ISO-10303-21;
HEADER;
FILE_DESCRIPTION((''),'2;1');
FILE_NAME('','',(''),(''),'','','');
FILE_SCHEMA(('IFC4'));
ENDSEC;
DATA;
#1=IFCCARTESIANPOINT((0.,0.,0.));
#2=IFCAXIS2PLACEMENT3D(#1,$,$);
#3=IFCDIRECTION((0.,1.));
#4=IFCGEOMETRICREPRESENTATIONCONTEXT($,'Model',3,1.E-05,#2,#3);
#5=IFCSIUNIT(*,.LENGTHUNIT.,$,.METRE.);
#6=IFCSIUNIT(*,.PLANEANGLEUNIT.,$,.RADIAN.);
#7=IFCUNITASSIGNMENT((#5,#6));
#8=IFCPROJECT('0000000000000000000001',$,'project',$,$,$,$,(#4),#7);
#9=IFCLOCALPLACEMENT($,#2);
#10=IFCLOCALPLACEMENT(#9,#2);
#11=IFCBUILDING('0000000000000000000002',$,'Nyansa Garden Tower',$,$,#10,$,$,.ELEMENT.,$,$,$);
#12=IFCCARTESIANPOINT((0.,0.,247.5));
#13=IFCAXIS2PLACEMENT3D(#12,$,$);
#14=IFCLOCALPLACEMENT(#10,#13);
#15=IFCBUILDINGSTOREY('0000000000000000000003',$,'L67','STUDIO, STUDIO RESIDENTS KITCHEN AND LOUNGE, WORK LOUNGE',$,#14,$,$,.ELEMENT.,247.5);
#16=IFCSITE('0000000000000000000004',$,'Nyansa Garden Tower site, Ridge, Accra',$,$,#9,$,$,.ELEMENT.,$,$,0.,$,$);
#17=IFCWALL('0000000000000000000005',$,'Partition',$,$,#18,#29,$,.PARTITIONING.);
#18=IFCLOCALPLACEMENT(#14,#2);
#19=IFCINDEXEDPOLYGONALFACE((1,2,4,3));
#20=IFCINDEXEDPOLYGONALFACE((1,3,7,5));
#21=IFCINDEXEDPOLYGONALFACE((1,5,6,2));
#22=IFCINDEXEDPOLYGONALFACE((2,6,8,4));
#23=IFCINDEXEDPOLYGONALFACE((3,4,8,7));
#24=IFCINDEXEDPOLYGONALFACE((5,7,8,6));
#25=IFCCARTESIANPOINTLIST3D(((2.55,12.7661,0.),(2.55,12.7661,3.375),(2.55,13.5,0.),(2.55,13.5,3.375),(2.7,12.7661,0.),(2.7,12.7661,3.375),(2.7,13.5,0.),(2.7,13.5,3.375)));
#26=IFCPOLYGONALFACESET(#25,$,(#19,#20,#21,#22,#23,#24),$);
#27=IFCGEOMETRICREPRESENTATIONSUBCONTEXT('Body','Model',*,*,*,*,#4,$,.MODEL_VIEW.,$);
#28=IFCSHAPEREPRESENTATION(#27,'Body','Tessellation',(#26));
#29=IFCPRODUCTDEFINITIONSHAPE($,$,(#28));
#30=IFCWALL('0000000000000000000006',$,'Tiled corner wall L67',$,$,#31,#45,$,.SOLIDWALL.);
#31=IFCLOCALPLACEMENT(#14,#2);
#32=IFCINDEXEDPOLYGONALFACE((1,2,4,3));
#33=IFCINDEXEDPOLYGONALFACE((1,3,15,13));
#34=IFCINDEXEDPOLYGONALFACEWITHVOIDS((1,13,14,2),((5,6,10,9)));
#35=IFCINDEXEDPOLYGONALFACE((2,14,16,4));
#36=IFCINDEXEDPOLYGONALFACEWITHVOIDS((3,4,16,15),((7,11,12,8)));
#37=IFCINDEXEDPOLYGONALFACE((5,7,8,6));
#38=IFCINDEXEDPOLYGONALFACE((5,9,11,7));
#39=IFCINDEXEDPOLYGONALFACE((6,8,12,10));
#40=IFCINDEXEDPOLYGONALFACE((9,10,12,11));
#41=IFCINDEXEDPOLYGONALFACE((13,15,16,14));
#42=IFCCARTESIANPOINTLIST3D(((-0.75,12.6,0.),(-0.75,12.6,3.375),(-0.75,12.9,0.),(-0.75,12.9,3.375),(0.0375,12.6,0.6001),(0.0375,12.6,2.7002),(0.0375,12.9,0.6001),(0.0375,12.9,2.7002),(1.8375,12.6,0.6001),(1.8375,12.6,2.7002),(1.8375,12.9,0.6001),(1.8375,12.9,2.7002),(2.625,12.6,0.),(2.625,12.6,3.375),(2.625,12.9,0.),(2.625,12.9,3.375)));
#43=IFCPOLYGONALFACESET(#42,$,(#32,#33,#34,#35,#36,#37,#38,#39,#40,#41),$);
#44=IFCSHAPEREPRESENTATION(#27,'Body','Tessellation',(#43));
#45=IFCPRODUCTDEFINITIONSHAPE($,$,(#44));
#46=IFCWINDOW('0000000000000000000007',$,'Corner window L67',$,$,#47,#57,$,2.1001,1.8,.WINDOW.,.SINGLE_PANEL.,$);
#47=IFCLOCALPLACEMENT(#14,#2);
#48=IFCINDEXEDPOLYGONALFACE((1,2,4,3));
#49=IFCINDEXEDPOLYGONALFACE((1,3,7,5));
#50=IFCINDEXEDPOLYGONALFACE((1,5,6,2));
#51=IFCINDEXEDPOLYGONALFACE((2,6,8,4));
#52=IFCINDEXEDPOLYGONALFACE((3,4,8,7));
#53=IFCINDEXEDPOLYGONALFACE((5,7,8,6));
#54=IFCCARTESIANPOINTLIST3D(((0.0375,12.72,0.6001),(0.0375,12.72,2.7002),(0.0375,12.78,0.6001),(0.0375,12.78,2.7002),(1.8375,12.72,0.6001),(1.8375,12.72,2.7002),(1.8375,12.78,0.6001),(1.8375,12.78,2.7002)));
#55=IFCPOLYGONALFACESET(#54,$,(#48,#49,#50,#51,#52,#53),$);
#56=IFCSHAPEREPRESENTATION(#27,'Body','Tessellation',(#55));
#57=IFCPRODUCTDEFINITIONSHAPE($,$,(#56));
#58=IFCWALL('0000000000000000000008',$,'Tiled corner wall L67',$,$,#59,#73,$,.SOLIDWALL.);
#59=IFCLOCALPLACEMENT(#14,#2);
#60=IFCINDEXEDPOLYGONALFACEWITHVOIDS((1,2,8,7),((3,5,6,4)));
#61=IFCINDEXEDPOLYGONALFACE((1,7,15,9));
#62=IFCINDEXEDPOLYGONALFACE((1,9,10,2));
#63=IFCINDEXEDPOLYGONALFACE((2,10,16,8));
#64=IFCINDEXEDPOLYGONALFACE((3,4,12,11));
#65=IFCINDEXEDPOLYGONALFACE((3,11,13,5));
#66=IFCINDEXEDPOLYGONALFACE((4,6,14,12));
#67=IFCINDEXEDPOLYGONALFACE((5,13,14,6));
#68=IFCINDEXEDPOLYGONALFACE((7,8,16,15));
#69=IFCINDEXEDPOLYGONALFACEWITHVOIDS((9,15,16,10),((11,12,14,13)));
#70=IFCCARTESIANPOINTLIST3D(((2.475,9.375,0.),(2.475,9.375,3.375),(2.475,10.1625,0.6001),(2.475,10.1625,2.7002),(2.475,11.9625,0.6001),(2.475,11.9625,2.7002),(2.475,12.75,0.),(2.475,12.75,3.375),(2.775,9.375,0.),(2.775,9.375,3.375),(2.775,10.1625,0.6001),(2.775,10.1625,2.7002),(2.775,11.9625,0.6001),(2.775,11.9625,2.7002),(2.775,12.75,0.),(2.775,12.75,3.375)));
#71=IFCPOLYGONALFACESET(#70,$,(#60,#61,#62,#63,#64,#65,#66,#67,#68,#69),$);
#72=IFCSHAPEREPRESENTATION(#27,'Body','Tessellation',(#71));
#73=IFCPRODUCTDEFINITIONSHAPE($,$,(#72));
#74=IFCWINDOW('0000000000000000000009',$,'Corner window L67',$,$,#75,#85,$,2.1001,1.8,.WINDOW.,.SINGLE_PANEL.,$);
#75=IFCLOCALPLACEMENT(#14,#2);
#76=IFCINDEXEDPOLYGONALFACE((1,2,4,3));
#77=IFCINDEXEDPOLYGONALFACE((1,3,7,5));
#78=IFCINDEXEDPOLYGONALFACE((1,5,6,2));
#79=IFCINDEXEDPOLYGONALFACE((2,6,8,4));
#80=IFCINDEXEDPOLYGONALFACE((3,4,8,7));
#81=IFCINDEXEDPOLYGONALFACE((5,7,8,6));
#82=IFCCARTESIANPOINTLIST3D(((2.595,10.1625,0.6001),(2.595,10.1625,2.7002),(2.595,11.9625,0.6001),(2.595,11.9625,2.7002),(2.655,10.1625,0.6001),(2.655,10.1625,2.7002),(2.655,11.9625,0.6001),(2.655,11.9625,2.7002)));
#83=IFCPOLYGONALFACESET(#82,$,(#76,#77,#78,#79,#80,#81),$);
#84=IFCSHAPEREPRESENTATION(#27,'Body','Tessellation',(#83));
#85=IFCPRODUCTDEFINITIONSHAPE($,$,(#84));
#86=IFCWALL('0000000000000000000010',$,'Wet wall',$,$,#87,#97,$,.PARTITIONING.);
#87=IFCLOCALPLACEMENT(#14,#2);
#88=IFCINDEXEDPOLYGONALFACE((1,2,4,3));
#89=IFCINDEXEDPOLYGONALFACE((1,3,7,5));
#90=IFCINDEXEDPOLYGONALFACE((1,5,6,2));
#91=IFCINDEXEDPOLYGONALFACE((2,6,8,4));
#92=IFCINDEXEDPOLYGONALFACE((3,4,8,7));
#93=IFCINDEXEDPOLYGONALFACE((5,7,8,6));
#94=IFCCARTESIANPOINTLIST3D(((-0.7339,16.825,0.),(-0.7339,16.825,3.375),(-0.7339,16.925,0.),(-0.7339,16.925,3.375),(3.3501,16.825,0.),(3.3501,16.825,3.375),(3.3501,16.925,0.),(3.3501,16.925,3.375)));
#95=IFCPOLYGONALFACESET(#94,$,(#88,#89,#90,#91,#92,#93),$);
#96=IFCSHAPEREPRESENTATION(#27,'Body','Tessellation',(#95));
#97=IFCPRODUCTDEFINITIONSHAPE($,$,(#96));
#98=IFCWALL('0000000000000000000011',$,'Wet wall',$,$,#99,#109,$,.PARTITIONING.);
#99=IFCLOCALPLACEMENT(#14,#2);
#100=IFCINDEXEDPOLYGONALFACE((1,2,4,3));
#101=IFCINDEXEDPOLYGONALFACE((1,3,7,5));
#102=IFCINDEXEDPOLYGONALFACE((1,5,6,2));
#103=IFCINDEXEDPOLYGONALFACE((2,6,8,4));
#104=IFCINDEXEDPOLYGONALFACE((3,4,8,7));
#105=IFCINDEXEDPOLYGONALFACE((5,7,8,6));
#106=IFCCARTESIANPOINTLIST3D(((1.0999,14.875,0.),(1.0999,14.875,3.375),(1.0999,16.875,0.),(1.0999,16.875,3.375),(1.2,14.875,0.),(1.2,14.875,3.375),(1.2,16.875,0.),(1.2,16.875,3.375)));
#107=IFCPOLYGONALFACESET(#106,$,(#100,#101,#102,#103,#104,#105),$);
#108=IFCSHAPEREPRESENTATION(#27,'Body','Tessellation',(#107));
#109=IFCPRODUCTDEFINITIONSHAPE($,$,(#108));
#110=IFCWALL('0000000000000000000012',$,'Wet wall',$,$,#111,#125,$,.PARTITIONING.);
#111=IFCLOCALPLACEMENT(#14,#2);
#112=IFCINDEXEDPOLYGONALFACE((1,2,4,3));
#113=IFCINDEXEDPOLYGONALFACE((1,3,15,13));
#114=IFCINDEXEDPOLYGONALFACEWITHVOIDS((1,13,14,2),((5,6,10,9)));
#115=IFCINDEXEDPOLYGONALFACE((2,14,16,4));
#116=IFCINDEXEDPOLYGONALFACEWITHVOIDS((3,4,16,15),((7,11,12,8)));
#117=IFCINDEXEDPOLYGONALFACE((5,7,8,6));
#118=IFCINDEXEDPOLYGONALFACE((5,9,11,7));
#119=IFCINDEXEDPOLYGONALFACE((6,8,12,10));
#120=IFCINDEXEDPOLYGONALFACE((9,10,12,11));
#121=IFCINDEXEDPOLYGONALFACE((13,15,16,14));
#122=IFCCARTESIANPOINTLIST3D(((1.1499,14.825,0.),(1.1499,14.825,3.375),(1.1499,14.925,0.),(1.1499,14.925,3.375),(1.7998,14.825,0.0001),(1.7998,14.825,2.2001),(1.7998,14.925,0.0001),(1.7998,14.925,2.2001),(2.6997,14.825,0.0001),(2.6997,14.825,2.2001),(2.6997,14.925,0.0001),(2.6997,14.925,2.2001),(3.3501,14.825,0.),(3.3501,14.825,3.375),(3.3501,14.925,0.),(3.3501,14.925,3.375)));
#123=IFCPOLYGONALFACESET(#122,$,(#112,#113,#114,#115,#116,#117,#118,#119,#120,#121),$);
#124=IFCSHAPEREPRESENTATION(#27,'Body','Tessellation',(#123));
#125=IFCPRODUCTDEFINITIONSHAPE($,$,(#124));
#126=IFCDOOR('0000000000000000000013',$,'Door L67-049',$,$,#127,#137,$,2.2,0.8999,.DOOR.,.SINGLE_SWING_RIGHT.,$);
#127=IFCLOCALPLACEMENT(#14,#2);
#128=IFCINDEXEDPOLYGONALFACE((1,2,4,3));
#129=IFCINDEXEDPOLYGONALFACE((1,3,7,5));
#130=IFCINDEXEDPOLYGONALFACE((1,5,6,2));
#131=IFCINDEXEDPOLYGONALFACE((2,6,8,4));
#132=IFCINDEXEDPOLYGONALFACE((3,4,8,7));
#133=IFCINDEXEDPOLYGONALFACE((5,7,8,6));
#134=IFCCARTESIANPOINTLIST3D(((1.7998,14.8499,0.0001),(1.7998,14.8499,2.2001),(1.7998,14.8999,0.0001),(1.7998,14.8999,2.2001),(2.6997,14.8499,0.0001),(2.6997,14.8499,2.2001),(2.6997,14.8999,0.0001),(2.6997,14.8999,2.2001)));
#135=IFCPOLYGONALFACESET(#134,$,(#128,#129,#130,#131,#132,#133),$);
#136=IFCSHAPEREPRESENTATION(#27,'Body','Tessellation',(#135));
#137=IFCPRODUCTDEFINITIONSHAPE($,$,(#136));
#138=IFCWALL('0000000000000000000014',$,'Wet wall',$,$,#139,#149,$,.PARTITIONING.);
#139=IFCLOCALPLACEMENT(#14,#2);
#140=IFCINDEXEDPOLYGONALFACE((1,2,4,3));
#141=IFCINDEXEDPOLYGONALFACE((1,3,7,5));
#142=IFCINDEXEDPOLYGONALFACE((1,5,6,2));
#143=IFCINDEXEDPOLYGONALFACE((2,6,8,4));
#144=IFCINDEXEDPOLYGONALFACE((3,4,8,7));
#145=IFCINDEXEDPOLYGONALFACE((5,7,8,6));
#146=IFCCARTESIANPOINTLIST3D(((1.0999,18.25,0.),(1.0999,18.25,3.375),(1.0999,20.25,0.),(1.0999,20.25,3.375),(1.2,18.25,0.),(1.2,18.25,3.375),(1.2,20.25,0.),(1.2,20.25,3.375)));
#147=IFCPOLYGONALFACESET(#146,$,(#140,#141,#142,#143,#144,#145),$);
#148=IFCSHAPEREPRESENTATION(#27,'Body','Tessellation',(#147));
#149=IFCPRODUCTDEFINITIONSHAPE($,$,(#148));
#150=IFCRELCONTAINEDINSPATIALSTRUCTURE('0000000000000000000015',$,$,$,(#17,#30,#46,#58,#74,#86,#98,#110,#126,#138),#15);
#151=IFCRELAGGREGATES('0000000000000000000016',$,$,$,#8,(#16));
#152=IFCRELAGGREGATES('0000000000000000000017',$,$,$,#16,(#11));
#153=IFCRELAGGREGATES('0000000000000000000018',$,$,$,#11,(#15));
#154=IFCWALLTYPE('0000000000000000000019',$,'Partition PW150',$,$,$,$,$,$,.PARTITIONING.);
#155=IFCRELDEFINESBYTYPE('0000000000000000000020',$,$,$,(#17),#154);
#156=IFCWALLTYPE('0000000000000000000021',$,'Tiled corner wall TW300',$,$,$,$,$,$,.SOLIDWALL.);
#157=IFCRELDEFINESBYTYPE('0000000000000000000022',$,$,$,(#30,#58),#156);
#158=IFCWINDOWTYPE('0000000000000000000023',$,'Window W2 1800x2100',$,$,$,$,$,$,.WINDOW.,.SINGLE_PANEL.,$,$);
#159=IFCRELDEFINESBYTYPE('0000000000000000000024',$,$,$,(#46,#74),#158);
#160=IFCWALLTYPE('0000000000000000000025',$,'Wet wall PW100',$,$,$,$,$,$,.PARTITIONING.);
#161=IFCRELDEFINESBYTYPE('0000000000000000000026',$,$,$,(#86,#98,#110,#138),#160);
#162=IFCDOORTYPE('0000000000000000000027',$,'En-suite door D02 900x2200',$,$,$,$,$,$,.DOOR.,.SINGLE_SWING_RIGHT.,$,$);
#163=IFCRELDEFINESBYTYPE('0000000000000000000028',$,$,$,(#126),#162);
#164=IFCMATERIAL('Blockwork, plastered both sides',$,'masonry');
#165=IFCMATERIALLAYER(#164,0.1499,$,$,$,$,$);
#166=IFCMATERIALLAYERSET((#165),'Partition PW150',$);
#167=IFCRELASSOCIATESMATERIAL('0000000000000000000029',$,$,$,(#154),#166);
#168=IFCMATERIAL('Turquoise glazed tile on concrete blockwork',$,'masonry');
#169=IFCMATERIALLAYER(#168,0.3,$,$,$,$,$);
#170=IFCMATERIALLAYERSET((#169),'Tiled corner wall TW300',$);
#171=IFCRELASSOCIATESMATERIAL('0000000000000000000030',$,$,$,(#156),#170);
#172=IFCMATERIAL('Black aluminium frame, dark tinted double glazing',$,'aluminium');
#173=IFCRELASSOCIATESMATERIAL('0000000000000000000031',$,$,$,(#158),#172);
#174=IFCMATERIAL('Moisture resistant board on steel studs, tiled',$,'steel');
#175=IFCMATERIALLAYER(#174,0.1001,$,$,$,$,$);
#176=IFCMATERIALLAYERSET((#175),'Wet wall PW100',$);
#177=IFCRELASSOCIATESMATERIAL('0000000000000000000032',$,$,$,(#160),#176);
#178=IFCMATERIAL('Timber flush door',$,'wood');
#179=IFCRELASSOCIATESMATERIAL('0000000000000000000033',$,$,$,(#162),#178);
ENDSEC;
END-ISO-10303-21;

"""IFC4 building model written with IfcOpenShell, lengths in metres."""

from ifc_helpers import new_model, si_unit, direction, frame, frame_2d, origin, place, context, subcontext, project, spatial, rectangle, extrude, material, layer, layer_set, type_object, element, fill, save


model = new_model("IFC4")

# Units and contexts
model_context = context("Model", 3, precision=1e-05, world=origin(), true_north=direction((0.0, 1.0)))
body_context = subcontext(model_context, "Body", "Model", "MODEL_VIEW")
ifc_project = project(units=[si_unit("LENGTHUNIT", "METRE"), si_unit("PLANEANGLEUNIT", "RADIAN")], contexts=[model_context])

# Site, building, storey
site_placement = place(None, origin())
site = spatial("IfcSite", under=ifc_project, at=site_placement, Name="Nyansa Garden Tower site, Ridge, Accra", CompositionType="ELEMENT", RefElevation=0.0)
building_placement = place(site_placement, origin())
building = spatial("IfcBuilding", under=site, at=building_placement, Name="Nyansa Garden Tower", CompositionType="ELEMENT")
storey_placement = place(building_placement, frame((0.0, 0.0, 247.5)))
storey = spatial("IfcBuildingStorey", under=building, at=storey_placement, Name="L67", Description="STUDIO, STUDIO RESIDENTS KITCHEN AND LOUNGE, WORK LOUNGE", CompositionType="ELEMENT", Elevation=247.5)

# Wall
ifc_material_1 = material(Name="Blockwork, plastered both sides", Category="masonry")
ifc_layer_1 = layer(ifc_material_1, 0.1499)
ifc_layer_set_1 = layer_set([ifc_layer_1], Name="Partition PW150")
wall_type_1 = type_object("IfcWallType", Name="Partition PW150", PredefinedType="PARTITIONING", material=ifc_layer_set_1)
wall_1_placement = place(storey_placement, frame((2.625, 12.7661, 0.0), z_axis=(0.0, 0.0, 1.0), x_axis=(0.0, 1.0, 0.0)))
element("IfcWall", 1, at=wall_1_placement, inside=storey, type_object=wall_type_1, Name="Partition", PredefinedType="PARTITIONING", context=body_context, shape_type="SweptSolid", body=[
    extrude(rectangle(XDim=0.7339, YDim=0.1499, at=frame_2d((0.3669, 0.0))), origin(), (0.0, 0.0, 1.0), 3.375),
])

# Walls, openings, windows
ifc_material_2 = material(Name="Turquoise glazed tile on concrete blockwork", Category="masonry")
ifc_layer_2 = layer(ifc_material_2, 0.3)
ifc_layer_set_2 = layer_set([ifc_layer_2], Name="Tiled corner wall TW300")
wall_type_2 = type_object("IfcWallType", Name="Tiled corner wall TW300", PredefinedType="SOLIDWALL", material=ifc_layer_set_2)
wall_2_placement = place(storey_placement, frame((-0.75, 12.75, 0.0), z_axis=(0.0, 0.0, 1.0), x_axis=(1.0, 0.0, 0.0)))
wall_2 = element("IfcWall", 2, at=wall_2_placement, inside=storey, type_object=wall_type_2, Name="Tiled corner wall L67", PredefinedType="SOLIDWALL", context=body_context, shape_type="SweptSolid", body=[
    extrude(rectangle(XDim=3.375, YDim=0.3, at=frame_2d((1.6875, 0.0))), origin(), (0.0, 0.0, 1.0), 3.375),
])
opening_1_placement = place(wall_2_placement, frame((0.7876, 0.0, 0.6001)))
opening_1 = element("IfcOpeningElement", 3, at=opening_1_placement, cuts=wall_2, PredefinedType="OPENING", context=body_context, shape_type="SweptSolid", body=[
    extrude(rectangle(XDim=1.8, YDim=2.1001, at=frame_2d((0.8999, 1.05))), frame((0.0, 0.1599, 0.0), z_axis=(0.0, -1.0, 0.0), x_axis=(1.0, 0.0, 0.0)), (0.0, 0.0, 1.0), 0.3201),
])
ifc_material_3 = material(Name="Black aluminium frame, dark tinted double glazing", Category="aluminium")
window_type = type_object("IfcWindowType", Name="Window W2 1800x2100", PartitioningType="SINGLE_PANEL", PredefinedType="WINDOW", material=ifc_material_3)
window_1_placement = place(opening_1_placement, origin())
window_1 = element("IfcWindow", 4, at=window_1_placement, inside=storey, type_object=window_type, Name="Corner window L67", OverallHeight=2.1001, OverallWidth=1.8, PartitioningType="SINGLE_PANEL", PredefinedType="WINDOW", context=body_context, shape_type="SweptSolid", body=[
    extrude(rectangle(XDim=1.8, YDim=2.1001, at=frame_2d((0.8999, 1.05))), frame((0.0, 0.03, 0.0), z_axis=(0.0, -1.0, 0.0), x_axis=(1.0, 0.0, 0.0)), (0.0, 0.0, 1.0), 0.0601),
])
fill(opening_1, window_1)
wall_3_placement = place(storey_placement, frame((2.625, 12.75, 0.0), z_axis=(0.0, 0.0, 1.0), x_axis=(0.0, -1.0, 0.0)))
wall_3 = element("IfcWall", 5, at=wall_3_placement, inside=storey, type_object=wall_type_2, Name="Tiled corner wall L67", PredefinedType="SOLIDWALL", context=body_context, shape_type="SweptSolid", body=[
    extrude(rectangle(XDim=3.375, YDim=0.3, at=frame_2d((1.6875, 0.0))), origin(), (0.0, 0.0, 1.0), 3.375),
])
opening_2_placement = place(wall_3_placement, frame((0.7876, 0.0, 0.6001)))
opening_2 = element("IfcOpeningElement", 6, at=opening_2_placement, cuts=wall_3, PredefinedType="OPENING", context=body_context, shape_type="SweptSolid", body=[
    extrude(rectangle(XDim=1.8, YDim=2.1001, at=frame_2d((0.8999, 1.05))), frame((0.0, 0.1599, 0.0), z_axis=(0.0, -1.0, 0.0), x_axis=(1.0, 0.0, 0.0)), (0.0, 0.0, 1.0), 0.3201),
])
window_2_placement = place(opening_2_placement, origin())
window_2 = element("IfcWindow", 7, at=window_2_placement, inside=storey, type_object=window_type, Name="Corner window L67", OverallHeight=2.1001, OverallWidth=1.8, PartitioningType="SINGLE_PANEL", PredefinedType="WINDOW", context=body_context, shape_type="SweptSolid", body=[
    extrude(rectangle(XDim=1.8, YDim=2.1001, at=frame_2d((0.8999, 1.05))), frame((0.0, 0.03, 0.0), z_axis=(0.0, -1.0, 0.0), x_axis=(1.0, 0.0, 0.0)), (0.0, 0.0, 1.0), 0.0601),
])
fill(opening_2, window_2)

# Walls
ifc_material_4 = material(Name="Moisture resistant board on steel studs, tiled", Category="steel")
ifc_layer_3 = layer(ifc_material_4, 0.1001)
ifc_layer_set_3 = layer_set([ifc_layer_3], Name="Wet wall PW100")
wall_type_3 = type_object("IfcWallType", Name="Wet wall PW100", PredefinedType="PARTITIONING", material=ifc_layer_set_3)
wall_4_placement = place(storey_placement, frame((-0.7339, 16.875, 0.0), z_axis=(0.0, 0.0, 1.0), x_axis=(1.0, 0.0, 0.0)))
element("IfcWall", 8, at=wall_4_placement, inside=storey, type_object=wall_type_3, Name="Wet wall", PredefinedType="PARTITIONING", context=body_context, shape_type="SweptSolid", body=[
    extrude(rectangle(XDim=4.084, YDim=0.1001, at=frame_2d((2.042, 0.0))), origin(), (0.0, 0.0, 1.0), 3.375),
])
wall_5_placement = place(storey_placement, frame((1.1499, 14.875, 0.0), z_axis=(0.0, 0.0, 1.0), x_axis=(0.0, 1.0, 0.0)))
element("IfcWall", 9, at=wall_5_placement, inside=storey, type_object=wall_type_3, Name="Wet wall", PredefinedType="PARTITIONING", context=body_context, shape_type="SweptSolid", body=[
    extrude(rectangle(XDim=2.0, YDim=0.1001, at=frame_2d((1.0, 0.0))), origin(), (0.0, 0.0, 1.0), 3.375),
])

# Wall, opening, door
wall_6_placement = place(storey_placement, frame((1.1499, 14.875, 0.0), z_axis=(0.0, 0.0, 1.0), x_axis=(1.0, 0.0, 0.0)))
wall_6 = element("IfcWall", 10, at=wall_6_placement, inside=storey, type_object=wall_type_3, Name="Wet wall", PredefinedType="PARTITIONING", context=body_context, shape_type="SweptSolid", body=[
    extrude(rectangle(XDim=2.2002, YDim=0.1001, at=frame_2d((1.1001, 0.0))), origin(), (0.0, 0.0, 1.0), 3.375),
])
opening_3_placement = place(wall_6_placement, frame((0.6499, 0.0, 0.0)))
opening_3 = element("IfcOpeningElement", 11, at=opening_3_placement, cuts=wall_6, PredefinedType="OPENING", context=body_context, shape_type="SweptSolid", body=[
    extrude(rectangle(XDim=0.8999, YDim=2.2, at=frame_2d((0.45, 1.1001))), frame((0.0, 0.0601, 0.0), z_axis=(0.0, -1.0, 0.0), x_axis=(1.0, 0.0, 0.0)), (0.0, 0.0, 1.0), 0.1201),
])
ifc_material_5 = material(Name="Timber flush door", Category="wood")
door_type = type_object("IfcDoorType", Name="En-suite door D02 900x2200", OperationType="SINGLE_SWING_RIGHT", PredefinedType="DOOR", material=ifc_material_5)
door_1_placement = place(opening_3_placement, origin())
door_1 = element("IfcDoor", 12, at=door_1_placement, inside=storey, type_object=door_type, Name="Door L67-049", OperationType="SINGLE_SWING_RIGHT", OverallHeight=2.2, OverallWidth=0.8999, PredefinedType="DOOR", context=body_context, shape_type="SweptSolid", body=[
    extrude(rectangle(XDim=0.8999, YDim=2.2, at=frame_2d((0.45, 1.1001))), frame((0.0, 0.0249, 0.0), z_axis=(0.0, -1.0, 0.0), x_axis=(1.0, 0.0, 0.0)), (0.0, 0.0, 1.0), 0.05),
])
fill(opening_3, door_1)

# Wall
wall_7_placement = place(storey_placement, frame((1.1499, 18.25, 0.0), z_axis=(0.0, 0.0, 1.0), x_axis=(0.0, 1.0, 0.0)))
element("IfcWall", 13, at=wall_7_placement, inside=storey, type_object=wall_type_3, Name="Wet wall", PredefinedType="PARTITIONING", context=body_context, shape_type="SweptSolid", body=[
    extrude(rectangle(XDim=2.0, YDim=0.1001, at=frame_2d((1.0, 0.0))), origin(), (0.0, 0.0, 1.0), 3.375),
])

save(model, "model.ifc")
